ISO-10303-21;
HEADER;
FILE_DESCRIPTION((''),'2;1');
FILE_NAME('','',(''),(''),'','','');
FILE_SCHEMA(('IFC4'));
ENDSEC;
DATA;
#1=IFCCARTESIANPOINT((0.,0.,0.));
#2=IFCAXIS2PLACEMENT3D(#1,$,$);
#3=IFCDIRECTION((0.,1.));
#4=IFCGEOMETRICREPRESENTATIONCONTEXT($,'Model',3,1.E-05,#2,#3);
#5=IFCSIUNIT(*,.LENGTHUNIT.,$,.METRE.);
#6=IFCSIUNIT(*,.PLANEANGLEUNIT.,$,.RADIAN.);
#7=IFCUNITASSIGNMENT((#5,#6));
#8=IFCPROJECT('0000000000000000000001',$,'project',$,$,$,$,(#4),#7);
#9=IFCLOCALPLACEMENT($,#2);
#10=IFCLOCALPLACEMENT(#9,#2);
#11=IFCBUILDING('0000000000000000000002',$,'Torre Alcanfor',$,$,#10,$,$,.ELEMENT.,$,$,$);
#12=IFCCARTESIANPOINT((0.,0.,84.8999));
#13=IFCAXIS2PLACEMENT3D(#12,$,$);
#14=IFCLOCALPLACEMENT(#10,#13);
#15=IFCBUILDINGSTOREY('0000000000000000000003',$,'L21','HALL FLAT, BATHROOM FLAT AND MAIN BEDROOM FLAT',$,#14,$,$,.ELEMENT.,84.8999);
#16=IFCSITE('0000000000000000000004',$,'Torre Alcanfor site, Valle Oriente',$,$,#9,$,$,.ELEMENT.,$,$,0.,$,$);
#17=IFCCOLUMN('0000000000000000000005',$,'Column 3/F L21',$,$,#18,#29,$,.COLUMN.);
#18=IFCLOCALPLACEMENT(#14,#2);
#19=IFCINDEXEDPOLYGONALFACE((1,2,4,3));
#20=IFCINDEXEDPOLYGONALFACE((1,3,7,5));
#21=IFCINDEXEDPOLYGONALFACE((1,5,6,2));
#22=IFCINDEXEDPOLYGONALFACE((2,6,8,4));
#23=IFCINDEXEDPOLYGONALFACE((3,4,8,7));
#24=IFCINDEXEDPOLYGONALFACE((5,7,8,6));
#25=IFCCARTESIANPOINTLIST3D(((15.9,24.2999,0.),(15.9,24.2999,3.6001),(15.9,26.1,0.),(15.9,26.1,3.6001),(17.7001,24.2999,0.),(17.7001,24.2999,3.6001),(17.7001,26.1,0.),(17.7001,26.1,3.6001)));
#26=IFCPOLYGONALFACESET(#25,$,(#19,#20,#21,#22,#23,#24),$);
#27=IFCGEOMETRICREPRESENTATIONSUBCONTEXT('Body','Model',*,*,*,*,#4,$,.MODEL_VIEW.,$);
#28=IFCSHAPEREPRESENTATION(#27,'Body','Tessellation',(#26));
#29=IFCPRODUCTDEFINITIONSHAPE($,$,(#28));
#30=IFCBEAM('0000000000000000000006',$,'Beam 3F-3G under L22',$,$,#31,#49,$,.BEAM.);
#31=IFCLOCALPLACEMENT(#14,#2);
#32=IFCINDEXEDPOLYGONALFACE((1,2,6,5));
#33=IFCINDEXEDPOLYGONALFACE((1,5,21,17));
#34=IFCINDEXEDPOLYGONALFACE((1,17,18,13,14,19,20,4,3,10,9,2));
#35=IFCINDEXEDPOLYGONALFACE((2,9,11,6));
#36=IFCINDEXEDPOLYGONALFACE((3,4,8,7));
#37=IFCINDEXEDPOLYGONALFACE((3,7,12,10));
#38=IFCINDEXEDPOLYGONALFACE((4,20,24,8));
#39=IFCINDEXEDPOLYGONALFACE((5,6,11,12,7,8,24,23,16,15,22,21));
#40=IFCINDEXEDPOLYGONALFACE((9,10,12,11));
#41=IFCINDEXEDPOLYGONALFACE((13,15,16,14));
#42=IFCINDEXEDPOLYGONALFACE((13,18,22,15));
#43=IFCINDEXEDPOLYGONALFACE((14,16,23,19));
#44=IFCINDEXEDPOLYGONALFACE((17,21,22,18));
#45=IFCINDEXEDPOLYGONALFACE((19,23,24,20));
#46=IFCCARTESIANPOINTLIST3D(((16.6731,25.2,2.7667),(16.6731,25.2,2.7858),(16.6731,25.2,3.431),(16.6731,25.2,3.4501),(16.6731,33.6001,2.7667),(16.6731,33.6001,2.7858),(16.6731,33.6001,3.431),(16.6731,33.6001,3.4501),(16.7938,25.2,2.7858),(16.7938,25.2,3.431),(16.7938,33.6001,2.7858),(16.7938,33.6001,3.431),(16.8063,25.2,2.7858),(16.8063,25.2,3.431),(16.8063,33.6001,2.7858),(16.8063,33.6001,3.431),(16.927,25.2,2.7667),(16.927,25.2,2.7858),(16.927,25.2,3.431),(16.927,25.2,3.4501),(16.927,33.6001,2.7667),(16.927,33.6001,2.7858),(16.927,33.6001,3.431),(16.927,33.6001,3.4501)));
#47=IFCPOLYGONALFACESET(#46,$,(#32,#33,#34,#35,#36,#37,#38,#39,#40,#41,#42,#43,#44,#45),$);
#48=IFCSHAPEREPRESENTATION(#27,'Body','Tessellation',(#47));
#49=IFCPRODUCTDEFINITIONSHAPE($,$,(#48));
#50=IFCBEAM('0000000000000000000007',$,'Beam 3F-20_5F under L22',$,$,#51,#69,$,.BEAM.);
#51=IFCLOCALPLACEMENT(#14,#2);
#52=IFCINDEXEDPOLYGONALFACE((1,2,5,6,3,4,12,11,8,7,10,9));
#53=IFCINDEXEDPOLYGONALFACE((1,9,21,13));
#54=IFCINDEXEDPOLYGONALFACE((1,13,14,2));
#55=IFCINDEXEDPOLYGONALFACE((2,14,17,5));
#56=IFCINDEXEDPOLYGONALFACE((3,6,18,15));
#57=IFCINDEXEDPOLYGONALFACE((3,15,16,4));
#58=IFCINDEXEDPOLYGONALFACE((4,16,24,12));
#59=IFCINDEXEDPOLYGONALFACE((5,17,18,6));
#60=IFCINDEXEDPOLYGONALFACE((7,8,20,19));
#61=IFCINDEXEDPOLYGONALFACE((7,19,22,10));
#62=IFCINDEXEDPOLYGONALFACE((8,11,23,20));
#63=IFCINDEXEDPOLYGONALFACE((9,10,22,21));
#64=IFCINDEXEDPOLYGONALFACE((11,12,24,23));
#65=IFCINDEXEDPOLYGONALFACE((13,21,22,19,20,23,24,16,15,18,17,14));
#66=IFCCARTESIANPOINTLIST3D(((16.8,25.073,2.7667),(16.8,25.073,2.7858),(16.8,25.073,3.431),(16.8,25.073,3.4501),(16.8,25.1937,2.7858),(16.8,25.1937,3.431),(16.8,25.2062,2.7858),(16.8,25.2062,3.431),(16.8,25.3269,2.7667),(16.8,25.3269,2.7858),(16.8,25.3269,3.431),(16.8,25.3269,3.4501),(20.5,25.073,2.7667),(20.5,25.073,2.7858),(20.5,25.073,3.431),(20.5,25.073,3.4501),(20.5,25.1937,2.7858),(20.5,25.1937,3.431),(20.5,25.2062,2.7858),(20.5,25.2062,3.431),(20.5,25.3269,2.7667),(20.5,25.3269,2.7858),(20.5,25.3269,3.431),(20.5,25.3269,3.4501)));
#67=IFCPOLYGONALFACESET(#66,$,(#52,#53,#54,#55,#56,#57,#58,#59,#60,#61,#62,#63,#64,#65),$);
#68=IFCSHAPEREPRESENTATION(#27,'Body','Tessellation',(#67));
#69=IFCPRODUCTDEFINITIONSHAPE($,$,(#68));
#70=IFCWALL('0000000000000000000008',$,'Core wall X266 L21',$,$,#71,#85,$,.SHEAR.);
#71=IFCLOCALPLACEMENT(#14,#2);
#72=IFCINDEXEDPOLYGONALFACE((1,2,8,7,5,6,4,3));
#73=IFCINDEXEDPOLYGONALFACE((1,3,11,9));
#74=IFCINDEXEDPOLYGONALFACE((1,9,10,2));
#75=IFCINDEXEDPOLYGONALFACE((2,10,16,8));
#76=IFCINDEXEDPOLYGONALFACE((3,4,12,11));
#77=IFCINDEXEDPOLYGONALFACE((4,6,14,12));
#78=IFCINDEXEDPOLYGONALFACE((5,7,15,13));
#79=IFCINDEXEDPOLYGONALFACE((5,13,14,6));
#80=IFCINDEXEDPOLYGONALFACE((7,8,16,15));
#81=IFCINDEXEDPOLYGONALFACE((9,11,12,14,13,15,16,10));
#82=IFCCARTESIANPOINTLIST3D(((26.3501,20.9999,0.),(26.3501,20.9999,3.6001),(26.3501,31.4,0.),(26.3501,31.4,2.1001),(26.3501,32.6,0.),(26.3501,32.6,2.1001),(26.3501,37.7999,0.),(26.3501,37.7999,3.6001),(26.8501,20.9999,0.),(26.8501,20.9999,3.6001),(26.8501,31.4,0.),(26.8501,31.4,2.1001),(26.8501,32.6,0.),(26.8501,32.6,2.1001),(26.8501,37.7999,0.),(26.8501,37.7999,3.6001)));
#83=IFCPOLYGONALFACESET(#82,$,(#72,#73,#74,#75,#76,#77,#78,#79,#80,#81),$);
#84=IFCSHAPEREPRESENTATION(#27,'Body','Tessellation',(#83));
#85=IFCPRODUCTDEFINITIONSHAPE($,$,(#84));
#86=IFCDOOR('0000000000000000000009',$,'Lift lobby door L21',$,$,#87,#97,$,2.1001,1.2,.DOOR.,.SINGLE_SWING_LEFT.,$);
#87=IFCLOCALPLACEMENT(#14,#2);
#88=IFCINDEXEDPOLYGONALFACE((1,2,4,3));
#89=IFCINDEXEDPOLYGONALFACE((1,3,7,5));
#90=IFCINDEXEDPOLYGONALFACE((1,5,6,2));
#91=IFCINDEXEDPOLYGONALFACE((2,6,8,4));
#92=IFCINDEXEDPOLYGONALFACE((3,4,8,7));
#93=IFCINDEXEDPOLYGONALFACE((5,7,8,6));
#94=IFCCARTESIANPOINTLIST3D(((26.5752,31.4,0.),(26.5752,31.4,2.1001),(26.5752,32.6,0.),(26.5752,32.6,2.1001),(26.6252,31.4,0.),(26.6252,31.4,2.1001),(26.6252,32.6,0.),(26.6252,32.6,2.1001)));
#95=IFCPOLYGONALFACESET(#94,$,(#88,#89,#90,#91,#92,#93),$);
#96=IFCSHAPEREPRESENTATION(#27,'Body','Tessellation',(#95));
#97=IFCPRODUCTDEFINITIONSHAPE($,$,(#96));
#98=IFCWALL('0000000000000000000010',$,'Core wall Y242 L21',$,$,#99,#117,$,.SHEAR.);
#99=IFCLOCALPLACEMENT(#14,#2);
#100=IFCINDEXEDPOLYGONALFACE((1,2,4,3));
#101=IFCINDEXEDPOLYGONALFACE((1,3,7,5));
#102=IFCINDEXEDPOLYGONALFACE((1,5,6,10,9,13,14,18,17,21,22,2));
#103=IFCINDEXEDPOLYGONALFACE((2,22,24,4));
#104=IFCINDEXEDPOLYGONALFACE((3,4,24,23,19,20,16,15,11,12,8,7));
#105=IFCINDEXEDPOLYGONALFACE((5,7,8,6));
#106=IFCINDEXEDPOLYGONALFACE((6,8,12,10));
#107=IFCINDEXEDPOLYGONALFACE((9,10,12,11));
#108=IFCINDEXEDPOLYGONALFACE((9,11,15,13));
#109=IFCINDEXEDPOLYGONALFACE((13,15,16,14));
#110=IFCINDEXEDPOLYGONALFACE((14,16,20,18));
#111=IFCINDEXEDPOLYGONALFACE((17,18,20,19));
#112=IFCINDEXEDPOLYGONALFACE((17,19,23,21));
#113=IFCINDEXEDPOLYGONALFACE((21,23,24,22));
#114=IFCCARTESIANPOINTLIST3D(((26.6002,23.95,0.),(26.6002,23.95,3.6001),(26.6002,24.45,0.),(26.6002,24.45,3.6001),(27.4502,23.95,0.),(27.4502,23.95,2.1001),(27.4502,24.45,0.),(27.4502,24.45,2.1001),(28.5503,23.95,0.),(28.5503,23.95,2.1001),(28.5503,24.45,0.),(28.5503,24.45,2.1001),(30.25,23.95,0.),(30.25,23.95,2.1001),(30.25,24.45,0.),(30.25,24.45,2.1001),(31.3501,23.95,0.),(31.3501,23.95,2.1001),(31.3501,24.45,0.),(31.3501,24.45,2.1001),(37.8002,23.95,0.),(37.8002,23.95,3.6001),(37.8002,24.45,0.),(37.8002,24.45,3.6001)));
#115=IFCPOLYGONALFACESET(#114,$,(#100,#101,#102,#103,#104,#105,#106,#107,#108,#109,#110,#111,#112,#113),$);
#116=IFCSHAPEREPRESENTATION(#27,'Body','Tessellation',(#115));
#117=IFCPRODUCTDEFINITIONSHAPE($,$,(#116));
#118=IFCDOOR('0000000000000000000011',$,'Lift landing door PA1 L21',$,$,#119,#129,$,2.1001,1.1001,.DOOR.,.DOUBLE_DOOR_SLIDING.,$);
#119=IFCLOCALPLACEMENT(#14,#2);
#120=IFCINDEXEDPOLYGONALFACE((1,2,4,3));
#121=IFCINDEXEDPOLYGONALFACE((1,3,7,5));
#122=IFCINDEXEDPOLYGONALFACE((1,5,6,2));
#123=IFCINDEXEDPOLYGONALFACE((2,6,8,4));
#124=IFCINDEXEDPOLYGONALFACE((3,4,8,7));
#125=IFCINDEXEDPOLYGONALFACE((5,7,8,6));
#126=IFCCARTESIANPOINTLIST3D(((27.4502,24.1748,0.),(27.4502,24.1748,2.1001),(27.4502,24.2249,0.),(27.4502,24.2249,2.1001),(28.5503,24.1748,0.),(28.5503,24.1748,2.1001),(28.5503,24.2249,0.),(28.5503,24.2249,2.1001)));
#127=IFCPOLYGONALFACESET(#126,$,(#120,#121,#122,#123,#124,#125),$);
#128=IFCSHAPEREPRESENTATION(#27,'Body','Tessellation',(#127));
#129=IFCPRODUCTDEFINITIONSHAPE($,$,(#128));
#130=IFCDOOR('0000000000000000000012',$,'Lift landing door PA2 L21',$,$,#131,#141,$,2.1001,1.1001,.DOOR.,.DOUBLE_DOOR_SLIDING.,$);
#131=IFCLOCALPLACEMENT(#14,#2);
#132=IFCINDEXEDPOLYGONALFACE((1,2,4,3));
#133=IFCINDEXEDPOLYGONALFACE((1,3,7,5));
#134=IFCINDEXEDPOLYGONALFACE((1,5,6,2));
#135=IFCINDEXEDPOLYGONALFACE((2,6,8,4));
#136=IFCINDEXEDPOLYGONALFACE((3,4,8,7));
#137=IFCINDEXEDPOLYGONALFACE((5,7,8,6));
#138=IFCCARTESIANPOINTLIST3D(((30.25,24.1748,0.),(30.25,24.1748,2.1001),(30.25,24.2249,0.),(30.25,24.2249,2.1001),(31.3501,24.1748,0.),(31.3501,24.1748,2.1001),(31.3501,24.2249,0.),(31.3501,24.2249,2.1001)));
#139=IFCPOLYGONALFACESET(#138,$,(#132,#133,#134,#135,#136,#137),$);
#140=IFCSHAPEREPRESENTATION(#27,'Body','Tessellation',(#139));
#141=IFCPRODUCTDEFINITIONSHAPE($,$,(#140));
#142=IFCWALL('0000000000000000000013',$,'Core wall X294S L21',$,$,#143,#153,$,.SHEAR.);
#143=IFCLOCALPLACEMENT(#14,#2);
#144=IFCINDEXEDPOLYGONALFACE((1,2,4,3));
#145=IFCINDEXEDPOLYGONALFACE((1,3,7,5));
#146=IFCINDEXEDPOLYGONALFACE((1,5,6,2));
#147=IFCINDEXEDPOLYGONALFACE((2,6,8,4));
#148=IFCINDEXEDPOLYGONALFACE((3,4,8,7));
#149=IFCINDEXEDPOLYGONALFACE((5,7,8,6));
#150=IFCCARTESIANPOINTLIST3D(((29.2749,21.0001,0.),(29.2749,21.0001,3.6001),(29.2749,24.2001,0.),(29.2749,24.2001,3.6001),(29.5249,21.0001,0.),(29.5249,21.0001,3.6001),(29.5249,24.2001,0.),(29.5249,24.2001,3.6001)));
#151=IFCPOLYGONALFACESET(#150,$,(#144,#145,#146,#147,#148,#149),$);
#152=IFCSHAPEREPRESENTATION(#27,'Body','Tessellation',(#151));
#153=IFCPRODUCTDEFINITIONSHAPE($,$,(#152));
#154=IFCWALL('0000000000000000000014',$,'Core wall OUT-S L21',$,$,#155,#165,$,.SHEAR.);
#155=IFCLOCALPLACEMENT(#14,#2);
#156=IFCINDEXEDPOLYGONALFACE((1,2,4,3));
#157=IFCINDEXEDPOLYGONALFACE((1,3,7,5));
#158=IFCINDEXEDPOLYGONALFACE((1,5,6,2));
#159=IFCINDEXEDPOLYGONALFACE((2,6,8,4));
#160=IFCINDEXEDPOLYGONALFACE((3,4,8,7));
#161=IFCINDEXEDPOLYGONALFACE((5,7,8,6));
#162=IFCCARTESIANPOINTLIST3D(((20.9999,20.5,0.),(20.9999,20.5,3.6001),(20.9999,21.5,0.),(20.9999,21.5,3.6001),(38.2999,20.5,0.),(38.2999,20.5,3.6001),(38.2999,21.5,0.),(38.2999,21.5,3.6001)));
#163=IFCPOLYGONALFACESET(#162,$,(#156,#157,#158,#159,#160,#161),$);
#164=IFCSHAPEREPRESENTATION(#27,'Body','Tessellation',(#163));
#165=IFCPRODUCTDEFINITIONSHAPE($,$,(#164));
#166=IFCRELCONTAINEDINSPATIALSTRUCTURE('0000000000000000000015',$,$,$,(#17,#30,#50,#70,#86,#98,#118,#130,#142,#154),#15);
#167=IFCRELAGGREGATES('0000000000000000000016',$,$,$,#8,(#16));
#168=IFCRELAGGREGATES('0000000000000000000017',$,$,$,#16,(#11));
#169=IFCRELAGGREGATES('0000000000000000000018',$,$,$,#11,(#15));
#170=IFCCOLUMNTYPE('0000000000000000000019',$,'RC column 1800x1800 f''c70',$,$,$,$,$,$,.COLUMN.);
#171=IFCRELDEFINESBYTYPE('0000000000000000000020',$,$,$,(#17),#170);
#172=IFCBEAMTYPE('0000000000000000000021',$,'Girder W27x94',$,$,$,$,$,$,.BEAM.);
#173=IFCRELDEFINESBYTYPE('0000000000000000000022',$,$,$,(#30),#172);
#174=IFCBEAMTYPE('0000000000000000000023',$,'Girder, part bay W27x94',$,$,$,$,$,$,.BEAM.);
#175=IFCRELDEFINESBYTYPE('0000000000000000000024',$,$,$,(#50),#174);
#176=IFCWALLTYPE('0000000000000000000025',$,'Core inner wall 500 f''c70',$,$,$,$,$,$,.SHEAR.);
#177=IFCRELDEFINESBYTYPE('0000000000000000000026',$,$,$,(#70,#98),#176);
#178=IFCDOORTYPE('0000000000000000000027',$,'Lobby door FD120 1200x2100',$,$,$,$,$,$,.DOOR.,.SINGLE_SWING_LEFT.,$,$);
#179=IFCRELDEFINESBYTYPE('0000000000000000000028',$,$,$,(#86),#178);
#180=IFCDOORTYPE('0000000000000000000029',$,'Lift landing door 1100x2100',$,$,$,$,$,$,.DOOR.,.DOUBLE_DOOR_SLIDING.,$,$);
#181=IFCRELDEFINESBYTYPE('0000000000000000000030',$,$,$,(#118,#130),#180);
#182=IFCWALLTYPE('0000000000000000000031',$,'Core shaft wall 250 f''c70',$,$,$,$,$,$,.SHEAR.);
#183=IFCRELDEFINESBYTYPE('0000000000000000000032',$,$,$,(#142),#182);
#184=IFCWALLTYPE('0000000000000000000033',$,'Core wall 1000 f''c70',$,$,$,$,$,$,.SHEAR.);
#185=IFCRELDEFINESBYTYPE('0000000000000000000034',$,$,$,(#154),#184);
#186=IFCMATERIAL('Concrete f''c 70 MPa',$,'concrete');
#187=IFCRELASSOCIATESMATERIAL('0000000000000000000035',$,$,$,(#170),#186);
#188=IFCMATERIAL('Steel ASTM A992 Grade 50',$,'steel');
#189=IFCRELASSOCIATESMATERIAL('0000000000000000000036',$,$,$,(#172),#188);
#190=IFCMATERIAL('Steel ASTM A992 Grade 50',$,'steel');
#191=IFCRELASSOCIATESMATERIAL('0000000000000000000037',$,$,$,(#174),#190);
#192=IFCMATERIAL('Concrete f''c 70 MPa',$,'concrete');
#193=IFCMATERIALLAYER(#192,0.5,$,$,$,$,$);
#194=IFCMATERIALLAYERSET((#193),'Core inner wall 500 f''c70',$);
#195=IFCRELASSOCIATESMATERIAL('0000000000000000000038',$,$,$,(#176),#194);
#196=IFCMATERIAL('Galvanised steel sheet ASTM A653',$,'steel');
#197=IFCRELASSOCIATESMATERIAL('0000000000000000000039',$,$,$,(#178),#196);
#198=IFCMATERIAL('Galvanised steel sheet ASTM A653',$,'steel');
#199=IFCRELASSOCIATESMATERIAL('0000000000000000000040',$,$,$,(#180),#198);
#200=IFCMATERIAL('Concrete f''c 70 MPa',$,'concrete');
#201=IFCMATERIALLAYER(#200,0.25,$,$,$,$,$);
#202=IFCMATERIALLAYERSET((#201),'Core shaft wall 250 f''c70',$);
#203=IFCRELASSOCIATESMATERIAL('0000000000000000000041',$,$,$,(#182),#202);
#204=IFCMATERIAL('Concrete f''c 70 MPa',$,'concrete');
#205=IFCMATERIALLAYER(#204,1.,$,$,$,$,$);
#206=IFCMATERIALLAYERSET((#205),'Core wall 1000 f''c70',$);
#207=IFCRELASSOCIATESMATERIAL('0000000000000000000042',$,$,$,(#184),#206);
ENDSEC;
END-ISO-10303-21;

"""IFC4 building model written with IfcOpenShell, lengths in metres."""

from ifc_helpers import new_model, si_unit, direction, frame, frame_2d, origin, origin_2d, place, context, subcontext, project, spatial, rectangle, i_section, extrude, material, layer, layer_set, material_profile, profile_set, type_object, element, fill, save


model = new_model("IFC4")

# Units and contexts
model_context = context("Model", 3, precision=1e-05, world=origin(), true_north=direction((0.0, 1.0)))
body_context = subcontext(model_context, "Body", "Model", "MODEL_VIEW")
ifc_project = project(units=[si_unit("LENGTHUNIT", "METRE"), si_unit("PLANEANGLEUNIT", "RADIAN")], contexts=[model_context])

# Site, building, storey
site_placement = place(None, origin())
site = spatial("IfcSite", under=ifc_project, at=site_placement, Name="Torre Alcanfor site, Valle Oriente", CompositionType="ELEMENT", RefElevation=0.0)
building_placement = place(site_placement, origin())
building = spatial("IfcBuilding", under=site, at=building_placement, Name="Torre Alcanfor", CompositionType="ELEMENT")
storey_placement = place(building_placement, frame((0.0, 0.0, 84.8999)))
storey = spatial("IfcBuildingStorey", under=building, at=storey_placement, Name="L21", Description="HALL FLAT, BATHROOM FLAT AND MAIN BEDROOM FLAT", CompositionType="ELEMENT", Elevation=84.8999)

# Column
ifc_material_1 = material(Name="Concrete f'c 70 MPa", Category="concrete")
ifc_material_profile_1 = material_profile(ifc_material_1, rectangle(XDim=1.8, YDim=1.8, at=origin_2d()), Name="1800x1800")
ifc_profile_set_1 = profile_set([ifc_material_profile_1], Name="Concrete f'c 70 MPa")
column_type = type_object("IfcColumnType", Name="RC column 1800x1800 f'c70", PredefinedType="COLUMN", material=ifc_profile_set_1)
column_placement = place(storey_placement, frame((16.8, 25.2, 0.0), z_axis=(0.0, 0.0, 1.0), x_axis=(1.0, 0.0, 0.0)))
element("IfcColumn", 1, at=column_placement, inside=storey, type_object=column_type, Name="Column 3/F L21", PredefinedType="COLUMN", context=body_context, shape_type="SweptSolid", body=[
    extrude(rectangle(XDim=1.8, YDim=1.8, at=origin_2d()), origin(), (0.0, 0.0, 1.0), 3.6001),
])

# Beams
ifc_material_2 = material(Name="Steel ASTM A992 Grade 50", Category="steel")
ifc_material_profile_2 = material_profile(ifc_material_2, i_section(OverallWidth=0.2539, OverallDepth=0.6833, WebThickness=0.0125, FlangeThickness=0.019, at=origin_2d()), Name="W27x94")
ifc_profile_set_2 = profile_set([ifc_material_profile_2], Name="Steel ASTM A992 Grade 50")
beam_type_1 = type_object("IfcBeamType", Name="Girder W27x94", PredefinedType="BEAM", material=ifc_profile_set_2)
beam_1_placement = place(storey_placement, frame((16.8, 25.2, 3.1084), z_axis=(0.0, 1.0, 0.0), x_axis=(-1.0, 0.0, 0.0)))
element("IfcBeam", 2, at=beam_1_placement, inside=storey, type_object=beam_type_1, Name="Beam 3F-3G under L22", PredefinedType="BEAM", context=body_context, shape_type="SweptSolid", body=[
    extrude(i_section(OverallWidth=0.2539, OverallDepth=0.6833, WebThickness=0.0125, FlangeThickness=0.019, at=origin_2d()), origin(), (0.0, 0.0, 1.0), 8.4001),
])
ifc_material_3 = material(Name="Steel ASTM A992 Grade 50", Category="steel")
ifc_material_profile_3 = material_profile(ifc_material_3, i_section(OverallWidth=0.2539, OverallDepth=0.6833, WebThickness=0.0125, FlangeThickness=0.019, at=origin_2d()), Name="W27x94")
ifc_profile_set_3 = profile_set([ifc_material_profile_3], Name="Steel ASTM A992 Grade 50")
beam_type_2 = type_object("IfcBeamType", Name="Girder, part bay W27x94", PredefinedType="BEAM", material=ifc_profile_set_3)
beam_2_placement = place(storey_placement, frame((16.8, 25.2, 3.1084), z_axis=(1.0, 0.0, 0.0), x_axis=(0.0, 1.0, 0.0)))
element("IfcBeam", 3, at=beam_2_placement, inside=storey, type_object=beam_type_2, Name="Beam 3F-20_5F under L22", PredefinedType="BEAM", context=body_context, shape_type="SweptSolid", body=[
    extrude(i_section(OverallWidth=0.2539, OverallDepth=0.6833, WebThickness=0.0125, FlangeThickness=0.019, at=origin_2d()), origin(), (0.0, 0.0, 1.0), 3.7),
])

# Wall, opening, door
ifc_material_4 = material(Name="Concrete f'c 70 MPa", Category="concrete")
ifc_layer_1 = layer(ifc_material_4, 0.5)
ifc_layer_set_1 = layer_set([ifc_layer_1], Name="Core inner wall 500 f'c70")
wall_type_1 = type_object("IfcWallType", Name="Core inner wall 500 f'c70", PredefinedType="SHEAR", material=ifc_layer_set_1)
wall_1_placement = place(storey_placement, frame((26.6001, 21.0, 0.0), z_axis=(0.0, 0.0, 1.0), x_axis=(0.0, 1.0, 0.0)))
wall_1 = element("IfcWall", 4, at=wall_1_placement, inside=storey, type_object=wall_type_1, Name="Core wall X266 L21", PredefinedType="SHEAR", context=body_context, shape_type="SweptSolid", body=[
    extrude(rectangle(XDim=16.8, YDim=0.5, at=frame_2d((8.3999, 0.0))), origin(), (0.0, 0.0, 1.0), 3.6001),
])
opening_1_placement = place(wall_1_placement, frame((10.3999, 0.0, 0.0)))
opening_1 = element("IfcOpeningElement", 5, at=opening_1_placement, cuts=wall_1, PredefinedType="OPENING", context=body_context, shape_type="SweptSolid", body=[
    extrude(rectangle(XDim=1.2, YDim=2.1001, at=frame_2d((0.6001, 1.05))), frame((0.0, 0.26, 0.0), z_axis=(0.0, -1.0, 0.0), x_axis=(1.0, 0.0, 0.0)), (0.0, 0.0, 1.0), 0.52),
])
ifc_material_5 = material(Name="Galvanised steel sheet ASTM A653", Category="steel")
door_type_1 = type_object("IfcDoorType", Name="Lobby door FD120 1200x2100", OperationType="SINGLE_SWING_LEFT", PredefinedType="DOOR", material=ifc_material_5)
door_1_placement = place(opening_1_placement, origin())
door_1 = element("IfcDoor", 6, at=door_1_placement, inside=storey, type_object=door_type_1, Name="Lift lobby door L21", OperationType="SINGLE_SWING_LEFT", OverallHeight=2.1001, OverallWidth=1.2, PredefinedType="DOOR", context=body_context, shape_type="SweptSolid", body=[
    extrude(rectangle(XDim=1.2, YDim=2.1001, at=frame_2d((0.6001, 1.05))), frame((0.0, 0.0249, 0.0), z_axis=(0.0, -1.0, 0.0), x_axis=(1.0, 0.0, 0.0)), (0.0, 0.0, 1.0), 0.05),
])
fill(opening_1, door_1)

# Wall, openings, doors
wall_2_placement = place(storey_placement, frame((26.6001, 24.2, 0.0), z_axis=(0.0, 0.0, 1.0), x_axis=(1.0, 0.0, 0.0)))
wall_2 = element("IfcWall", 7, at=wall_2_placement, inside=storey, type_object=wall_type_1, Name="Core wall Y242 L21", PredefinedType="SHEAR", context=body_context, shape_type="SweptSolid", body=[
    extrude(rectangle(XDim=11.2, YDim=0.5, at=frame_2d((5.6001, 0.0))), origin(), (0.0, 0.0, 1.0), 3.6001),
])
opening_2_placement = place(wall_2_placement, frame((0.8501, 0.0, 0.0)))
opening_2 = element("IfcOpeningElement", 8, at=opening_2_placement, cuts=wall_2, PredefinedType="OPENING", context=body_context, shape_type="SweptSolid", body=[
    extrude(rectangle(XDim=1.1001, YDim=2.1001, at=frame_2d((0.55, 1.05))), frame((0.0, 0.26, 0.0), z_axis=(0.0, -1.0, 0.0), x_axis=(1.0, 0.0, 0.0)), (0.0, 0.0, 1.0), 0.52),
])
opening_3_placement = place(wall_2_placement, frame((3.6499, 0.0, 0.0)))
opening_3 = element("IfcOpeningElement", 9, at=opening_3_placement, cuts=wall_2, PredefinedType="OPENING", context=body_context, shape_type="SweptSolid", body=[
    extrude(rectangle(XDim=1.1001, YDim=2.1001, at=frame_2d((0.55, 1.05))), frame((0.0, 0.26, 0.0), z_axis=(0.0, -1.0, 0.0), x_axis=(1.0, 0.0, 0.0)), (0.0, 0.0, 1.0), 0.52),
])
ifc_material_6 = material(Name="Galvanised steel sheet ASTM A653", Category="steel")
door_type_2 = type_object("IfcDoorType", Name="Lift landing door 1100x2100", OperationType="DOUBLE_DOOR_SLIDING", PredefinedType="DOOR", material=ifc_material_6)
door_2_placement = place(opening_2_placement, origin())
door_2 = element("IfcDoor", 10, at=door_2_placement, inside=storey, type_object=door_type_2, Name="Lift landing door PA1 L21", OperationType="DOUBLE_DOOR_SLIDING", OverallHeight=2.1001, OverallWidth=1.1001, PredefinedType="DOOR", context=body_context, shape_type="SweptSolid", body=[
    extrude(rectangle(XDim=1.1001, YDim=2.1001, at=frame_2d((0.55, 1.05))), frame((0.0, 0.0249, 0.0), z_axis=(0.0, -1.0, 0.0), x_axis=(1.0, 0.0, 0.0)), (0.0, 0.0, 1.0), 0.05),
])
fill(opening_2, door_2)
door_3_placement = place(opening_3_placement, origin())
door_3 = element("IfcDoor", 11, at=door_3_placement, inside=storey, type_object=door_type_2, Name="Lift landing door PA2 L21", OperationType="DOUBLE_DOOR_SLIDING", OverallHeight=2.1001, OverallWidth=1.1001, PredefinedType="DOOR", context=body_context, shape_type="SweptSolid", body=[
    extrude(rectangle(XDim=1.1001, YDim=2.1001, at=frame_2d((0.55, 1.05))), frame((0.0, 0.0249, 0.0), z_axis=(0.0, -1.0, 0.0), x_axis=(1.0, 0.0, 0.0)), (0.0, 0.0, 1.0), 0.05),
])
fill(opening_3, door_3)

# Walls
ifc_material_7 = material(Name="Concrete f'c 70 MPa", Category="concrete")
ifc_layer_2 = layer(ifc_material_7, 0.25)
ifc_layer_set_2 = layer_set([ifc_layer_2], Name="Core shaft wall 250 f'c70")
wall_type_2 = type_object("IfcWallType", Name="Core shaft wall 250 f'c70", PredefinedType="SHEAR", material=ifc_layer_set_2)
wall_3_placement = place(storey_placement, frame((29.3999, 21.0, 0.0), z_axis=(0.0, 0.0, 1.0), x_axis=(0.0, 1.0, 0.0)))
element("IfcWall", 12, at=wall_3_placement, inside=storey, type_object=wall_type_2, Name="Core wall X294S L21", PredefinedType="SHEAR", context=body_context, shape_type="SweptSolid", body=[
    extrude(rectangle(XDim=3.2, YDim=0.25, at=frame_2d((1.6001, 0.0))), origin(), (0.0, 0.0, 1.0), 3.6001),
])
ifc_material_8 = material(Name="Concrete f'c 70 MPa", Category="concrete")
ifc_layer_3 = layer(ifc_material_8, 1.0)
ifc_layer_set_3 = layer_set([ifc_layer_3], Name="Core wall 1000 f'c70")
wall_type_3 = type_object("IfcWallType", Name="Core wall 1000 f'c70", PredefinedType="SHEAR", material=ifc_layer_set_3)
wall_4_placement = place(storey_placement, frame((21.0, 21.0, 0.0), z_axis=(0.0, 0.0, 1.0), x_axis=(1.0, 0.0, 0.0)))
element("IfcWall", 13, at=wall_4_placement, inside=storey, type_object=wall_type_3, Name="Core wall OUT-S L21", PredefinedType="SHEAR", context=body_context, shape_type="SweptSolid", body=[
    extrude(rectangle(XDim=17.3, YDim=1.0, at=frame_2d((8.6499, 0.0))), origin(), (0.0, 0.0, 1.0), 3.6001),
])

save(model, "model.ifc")
